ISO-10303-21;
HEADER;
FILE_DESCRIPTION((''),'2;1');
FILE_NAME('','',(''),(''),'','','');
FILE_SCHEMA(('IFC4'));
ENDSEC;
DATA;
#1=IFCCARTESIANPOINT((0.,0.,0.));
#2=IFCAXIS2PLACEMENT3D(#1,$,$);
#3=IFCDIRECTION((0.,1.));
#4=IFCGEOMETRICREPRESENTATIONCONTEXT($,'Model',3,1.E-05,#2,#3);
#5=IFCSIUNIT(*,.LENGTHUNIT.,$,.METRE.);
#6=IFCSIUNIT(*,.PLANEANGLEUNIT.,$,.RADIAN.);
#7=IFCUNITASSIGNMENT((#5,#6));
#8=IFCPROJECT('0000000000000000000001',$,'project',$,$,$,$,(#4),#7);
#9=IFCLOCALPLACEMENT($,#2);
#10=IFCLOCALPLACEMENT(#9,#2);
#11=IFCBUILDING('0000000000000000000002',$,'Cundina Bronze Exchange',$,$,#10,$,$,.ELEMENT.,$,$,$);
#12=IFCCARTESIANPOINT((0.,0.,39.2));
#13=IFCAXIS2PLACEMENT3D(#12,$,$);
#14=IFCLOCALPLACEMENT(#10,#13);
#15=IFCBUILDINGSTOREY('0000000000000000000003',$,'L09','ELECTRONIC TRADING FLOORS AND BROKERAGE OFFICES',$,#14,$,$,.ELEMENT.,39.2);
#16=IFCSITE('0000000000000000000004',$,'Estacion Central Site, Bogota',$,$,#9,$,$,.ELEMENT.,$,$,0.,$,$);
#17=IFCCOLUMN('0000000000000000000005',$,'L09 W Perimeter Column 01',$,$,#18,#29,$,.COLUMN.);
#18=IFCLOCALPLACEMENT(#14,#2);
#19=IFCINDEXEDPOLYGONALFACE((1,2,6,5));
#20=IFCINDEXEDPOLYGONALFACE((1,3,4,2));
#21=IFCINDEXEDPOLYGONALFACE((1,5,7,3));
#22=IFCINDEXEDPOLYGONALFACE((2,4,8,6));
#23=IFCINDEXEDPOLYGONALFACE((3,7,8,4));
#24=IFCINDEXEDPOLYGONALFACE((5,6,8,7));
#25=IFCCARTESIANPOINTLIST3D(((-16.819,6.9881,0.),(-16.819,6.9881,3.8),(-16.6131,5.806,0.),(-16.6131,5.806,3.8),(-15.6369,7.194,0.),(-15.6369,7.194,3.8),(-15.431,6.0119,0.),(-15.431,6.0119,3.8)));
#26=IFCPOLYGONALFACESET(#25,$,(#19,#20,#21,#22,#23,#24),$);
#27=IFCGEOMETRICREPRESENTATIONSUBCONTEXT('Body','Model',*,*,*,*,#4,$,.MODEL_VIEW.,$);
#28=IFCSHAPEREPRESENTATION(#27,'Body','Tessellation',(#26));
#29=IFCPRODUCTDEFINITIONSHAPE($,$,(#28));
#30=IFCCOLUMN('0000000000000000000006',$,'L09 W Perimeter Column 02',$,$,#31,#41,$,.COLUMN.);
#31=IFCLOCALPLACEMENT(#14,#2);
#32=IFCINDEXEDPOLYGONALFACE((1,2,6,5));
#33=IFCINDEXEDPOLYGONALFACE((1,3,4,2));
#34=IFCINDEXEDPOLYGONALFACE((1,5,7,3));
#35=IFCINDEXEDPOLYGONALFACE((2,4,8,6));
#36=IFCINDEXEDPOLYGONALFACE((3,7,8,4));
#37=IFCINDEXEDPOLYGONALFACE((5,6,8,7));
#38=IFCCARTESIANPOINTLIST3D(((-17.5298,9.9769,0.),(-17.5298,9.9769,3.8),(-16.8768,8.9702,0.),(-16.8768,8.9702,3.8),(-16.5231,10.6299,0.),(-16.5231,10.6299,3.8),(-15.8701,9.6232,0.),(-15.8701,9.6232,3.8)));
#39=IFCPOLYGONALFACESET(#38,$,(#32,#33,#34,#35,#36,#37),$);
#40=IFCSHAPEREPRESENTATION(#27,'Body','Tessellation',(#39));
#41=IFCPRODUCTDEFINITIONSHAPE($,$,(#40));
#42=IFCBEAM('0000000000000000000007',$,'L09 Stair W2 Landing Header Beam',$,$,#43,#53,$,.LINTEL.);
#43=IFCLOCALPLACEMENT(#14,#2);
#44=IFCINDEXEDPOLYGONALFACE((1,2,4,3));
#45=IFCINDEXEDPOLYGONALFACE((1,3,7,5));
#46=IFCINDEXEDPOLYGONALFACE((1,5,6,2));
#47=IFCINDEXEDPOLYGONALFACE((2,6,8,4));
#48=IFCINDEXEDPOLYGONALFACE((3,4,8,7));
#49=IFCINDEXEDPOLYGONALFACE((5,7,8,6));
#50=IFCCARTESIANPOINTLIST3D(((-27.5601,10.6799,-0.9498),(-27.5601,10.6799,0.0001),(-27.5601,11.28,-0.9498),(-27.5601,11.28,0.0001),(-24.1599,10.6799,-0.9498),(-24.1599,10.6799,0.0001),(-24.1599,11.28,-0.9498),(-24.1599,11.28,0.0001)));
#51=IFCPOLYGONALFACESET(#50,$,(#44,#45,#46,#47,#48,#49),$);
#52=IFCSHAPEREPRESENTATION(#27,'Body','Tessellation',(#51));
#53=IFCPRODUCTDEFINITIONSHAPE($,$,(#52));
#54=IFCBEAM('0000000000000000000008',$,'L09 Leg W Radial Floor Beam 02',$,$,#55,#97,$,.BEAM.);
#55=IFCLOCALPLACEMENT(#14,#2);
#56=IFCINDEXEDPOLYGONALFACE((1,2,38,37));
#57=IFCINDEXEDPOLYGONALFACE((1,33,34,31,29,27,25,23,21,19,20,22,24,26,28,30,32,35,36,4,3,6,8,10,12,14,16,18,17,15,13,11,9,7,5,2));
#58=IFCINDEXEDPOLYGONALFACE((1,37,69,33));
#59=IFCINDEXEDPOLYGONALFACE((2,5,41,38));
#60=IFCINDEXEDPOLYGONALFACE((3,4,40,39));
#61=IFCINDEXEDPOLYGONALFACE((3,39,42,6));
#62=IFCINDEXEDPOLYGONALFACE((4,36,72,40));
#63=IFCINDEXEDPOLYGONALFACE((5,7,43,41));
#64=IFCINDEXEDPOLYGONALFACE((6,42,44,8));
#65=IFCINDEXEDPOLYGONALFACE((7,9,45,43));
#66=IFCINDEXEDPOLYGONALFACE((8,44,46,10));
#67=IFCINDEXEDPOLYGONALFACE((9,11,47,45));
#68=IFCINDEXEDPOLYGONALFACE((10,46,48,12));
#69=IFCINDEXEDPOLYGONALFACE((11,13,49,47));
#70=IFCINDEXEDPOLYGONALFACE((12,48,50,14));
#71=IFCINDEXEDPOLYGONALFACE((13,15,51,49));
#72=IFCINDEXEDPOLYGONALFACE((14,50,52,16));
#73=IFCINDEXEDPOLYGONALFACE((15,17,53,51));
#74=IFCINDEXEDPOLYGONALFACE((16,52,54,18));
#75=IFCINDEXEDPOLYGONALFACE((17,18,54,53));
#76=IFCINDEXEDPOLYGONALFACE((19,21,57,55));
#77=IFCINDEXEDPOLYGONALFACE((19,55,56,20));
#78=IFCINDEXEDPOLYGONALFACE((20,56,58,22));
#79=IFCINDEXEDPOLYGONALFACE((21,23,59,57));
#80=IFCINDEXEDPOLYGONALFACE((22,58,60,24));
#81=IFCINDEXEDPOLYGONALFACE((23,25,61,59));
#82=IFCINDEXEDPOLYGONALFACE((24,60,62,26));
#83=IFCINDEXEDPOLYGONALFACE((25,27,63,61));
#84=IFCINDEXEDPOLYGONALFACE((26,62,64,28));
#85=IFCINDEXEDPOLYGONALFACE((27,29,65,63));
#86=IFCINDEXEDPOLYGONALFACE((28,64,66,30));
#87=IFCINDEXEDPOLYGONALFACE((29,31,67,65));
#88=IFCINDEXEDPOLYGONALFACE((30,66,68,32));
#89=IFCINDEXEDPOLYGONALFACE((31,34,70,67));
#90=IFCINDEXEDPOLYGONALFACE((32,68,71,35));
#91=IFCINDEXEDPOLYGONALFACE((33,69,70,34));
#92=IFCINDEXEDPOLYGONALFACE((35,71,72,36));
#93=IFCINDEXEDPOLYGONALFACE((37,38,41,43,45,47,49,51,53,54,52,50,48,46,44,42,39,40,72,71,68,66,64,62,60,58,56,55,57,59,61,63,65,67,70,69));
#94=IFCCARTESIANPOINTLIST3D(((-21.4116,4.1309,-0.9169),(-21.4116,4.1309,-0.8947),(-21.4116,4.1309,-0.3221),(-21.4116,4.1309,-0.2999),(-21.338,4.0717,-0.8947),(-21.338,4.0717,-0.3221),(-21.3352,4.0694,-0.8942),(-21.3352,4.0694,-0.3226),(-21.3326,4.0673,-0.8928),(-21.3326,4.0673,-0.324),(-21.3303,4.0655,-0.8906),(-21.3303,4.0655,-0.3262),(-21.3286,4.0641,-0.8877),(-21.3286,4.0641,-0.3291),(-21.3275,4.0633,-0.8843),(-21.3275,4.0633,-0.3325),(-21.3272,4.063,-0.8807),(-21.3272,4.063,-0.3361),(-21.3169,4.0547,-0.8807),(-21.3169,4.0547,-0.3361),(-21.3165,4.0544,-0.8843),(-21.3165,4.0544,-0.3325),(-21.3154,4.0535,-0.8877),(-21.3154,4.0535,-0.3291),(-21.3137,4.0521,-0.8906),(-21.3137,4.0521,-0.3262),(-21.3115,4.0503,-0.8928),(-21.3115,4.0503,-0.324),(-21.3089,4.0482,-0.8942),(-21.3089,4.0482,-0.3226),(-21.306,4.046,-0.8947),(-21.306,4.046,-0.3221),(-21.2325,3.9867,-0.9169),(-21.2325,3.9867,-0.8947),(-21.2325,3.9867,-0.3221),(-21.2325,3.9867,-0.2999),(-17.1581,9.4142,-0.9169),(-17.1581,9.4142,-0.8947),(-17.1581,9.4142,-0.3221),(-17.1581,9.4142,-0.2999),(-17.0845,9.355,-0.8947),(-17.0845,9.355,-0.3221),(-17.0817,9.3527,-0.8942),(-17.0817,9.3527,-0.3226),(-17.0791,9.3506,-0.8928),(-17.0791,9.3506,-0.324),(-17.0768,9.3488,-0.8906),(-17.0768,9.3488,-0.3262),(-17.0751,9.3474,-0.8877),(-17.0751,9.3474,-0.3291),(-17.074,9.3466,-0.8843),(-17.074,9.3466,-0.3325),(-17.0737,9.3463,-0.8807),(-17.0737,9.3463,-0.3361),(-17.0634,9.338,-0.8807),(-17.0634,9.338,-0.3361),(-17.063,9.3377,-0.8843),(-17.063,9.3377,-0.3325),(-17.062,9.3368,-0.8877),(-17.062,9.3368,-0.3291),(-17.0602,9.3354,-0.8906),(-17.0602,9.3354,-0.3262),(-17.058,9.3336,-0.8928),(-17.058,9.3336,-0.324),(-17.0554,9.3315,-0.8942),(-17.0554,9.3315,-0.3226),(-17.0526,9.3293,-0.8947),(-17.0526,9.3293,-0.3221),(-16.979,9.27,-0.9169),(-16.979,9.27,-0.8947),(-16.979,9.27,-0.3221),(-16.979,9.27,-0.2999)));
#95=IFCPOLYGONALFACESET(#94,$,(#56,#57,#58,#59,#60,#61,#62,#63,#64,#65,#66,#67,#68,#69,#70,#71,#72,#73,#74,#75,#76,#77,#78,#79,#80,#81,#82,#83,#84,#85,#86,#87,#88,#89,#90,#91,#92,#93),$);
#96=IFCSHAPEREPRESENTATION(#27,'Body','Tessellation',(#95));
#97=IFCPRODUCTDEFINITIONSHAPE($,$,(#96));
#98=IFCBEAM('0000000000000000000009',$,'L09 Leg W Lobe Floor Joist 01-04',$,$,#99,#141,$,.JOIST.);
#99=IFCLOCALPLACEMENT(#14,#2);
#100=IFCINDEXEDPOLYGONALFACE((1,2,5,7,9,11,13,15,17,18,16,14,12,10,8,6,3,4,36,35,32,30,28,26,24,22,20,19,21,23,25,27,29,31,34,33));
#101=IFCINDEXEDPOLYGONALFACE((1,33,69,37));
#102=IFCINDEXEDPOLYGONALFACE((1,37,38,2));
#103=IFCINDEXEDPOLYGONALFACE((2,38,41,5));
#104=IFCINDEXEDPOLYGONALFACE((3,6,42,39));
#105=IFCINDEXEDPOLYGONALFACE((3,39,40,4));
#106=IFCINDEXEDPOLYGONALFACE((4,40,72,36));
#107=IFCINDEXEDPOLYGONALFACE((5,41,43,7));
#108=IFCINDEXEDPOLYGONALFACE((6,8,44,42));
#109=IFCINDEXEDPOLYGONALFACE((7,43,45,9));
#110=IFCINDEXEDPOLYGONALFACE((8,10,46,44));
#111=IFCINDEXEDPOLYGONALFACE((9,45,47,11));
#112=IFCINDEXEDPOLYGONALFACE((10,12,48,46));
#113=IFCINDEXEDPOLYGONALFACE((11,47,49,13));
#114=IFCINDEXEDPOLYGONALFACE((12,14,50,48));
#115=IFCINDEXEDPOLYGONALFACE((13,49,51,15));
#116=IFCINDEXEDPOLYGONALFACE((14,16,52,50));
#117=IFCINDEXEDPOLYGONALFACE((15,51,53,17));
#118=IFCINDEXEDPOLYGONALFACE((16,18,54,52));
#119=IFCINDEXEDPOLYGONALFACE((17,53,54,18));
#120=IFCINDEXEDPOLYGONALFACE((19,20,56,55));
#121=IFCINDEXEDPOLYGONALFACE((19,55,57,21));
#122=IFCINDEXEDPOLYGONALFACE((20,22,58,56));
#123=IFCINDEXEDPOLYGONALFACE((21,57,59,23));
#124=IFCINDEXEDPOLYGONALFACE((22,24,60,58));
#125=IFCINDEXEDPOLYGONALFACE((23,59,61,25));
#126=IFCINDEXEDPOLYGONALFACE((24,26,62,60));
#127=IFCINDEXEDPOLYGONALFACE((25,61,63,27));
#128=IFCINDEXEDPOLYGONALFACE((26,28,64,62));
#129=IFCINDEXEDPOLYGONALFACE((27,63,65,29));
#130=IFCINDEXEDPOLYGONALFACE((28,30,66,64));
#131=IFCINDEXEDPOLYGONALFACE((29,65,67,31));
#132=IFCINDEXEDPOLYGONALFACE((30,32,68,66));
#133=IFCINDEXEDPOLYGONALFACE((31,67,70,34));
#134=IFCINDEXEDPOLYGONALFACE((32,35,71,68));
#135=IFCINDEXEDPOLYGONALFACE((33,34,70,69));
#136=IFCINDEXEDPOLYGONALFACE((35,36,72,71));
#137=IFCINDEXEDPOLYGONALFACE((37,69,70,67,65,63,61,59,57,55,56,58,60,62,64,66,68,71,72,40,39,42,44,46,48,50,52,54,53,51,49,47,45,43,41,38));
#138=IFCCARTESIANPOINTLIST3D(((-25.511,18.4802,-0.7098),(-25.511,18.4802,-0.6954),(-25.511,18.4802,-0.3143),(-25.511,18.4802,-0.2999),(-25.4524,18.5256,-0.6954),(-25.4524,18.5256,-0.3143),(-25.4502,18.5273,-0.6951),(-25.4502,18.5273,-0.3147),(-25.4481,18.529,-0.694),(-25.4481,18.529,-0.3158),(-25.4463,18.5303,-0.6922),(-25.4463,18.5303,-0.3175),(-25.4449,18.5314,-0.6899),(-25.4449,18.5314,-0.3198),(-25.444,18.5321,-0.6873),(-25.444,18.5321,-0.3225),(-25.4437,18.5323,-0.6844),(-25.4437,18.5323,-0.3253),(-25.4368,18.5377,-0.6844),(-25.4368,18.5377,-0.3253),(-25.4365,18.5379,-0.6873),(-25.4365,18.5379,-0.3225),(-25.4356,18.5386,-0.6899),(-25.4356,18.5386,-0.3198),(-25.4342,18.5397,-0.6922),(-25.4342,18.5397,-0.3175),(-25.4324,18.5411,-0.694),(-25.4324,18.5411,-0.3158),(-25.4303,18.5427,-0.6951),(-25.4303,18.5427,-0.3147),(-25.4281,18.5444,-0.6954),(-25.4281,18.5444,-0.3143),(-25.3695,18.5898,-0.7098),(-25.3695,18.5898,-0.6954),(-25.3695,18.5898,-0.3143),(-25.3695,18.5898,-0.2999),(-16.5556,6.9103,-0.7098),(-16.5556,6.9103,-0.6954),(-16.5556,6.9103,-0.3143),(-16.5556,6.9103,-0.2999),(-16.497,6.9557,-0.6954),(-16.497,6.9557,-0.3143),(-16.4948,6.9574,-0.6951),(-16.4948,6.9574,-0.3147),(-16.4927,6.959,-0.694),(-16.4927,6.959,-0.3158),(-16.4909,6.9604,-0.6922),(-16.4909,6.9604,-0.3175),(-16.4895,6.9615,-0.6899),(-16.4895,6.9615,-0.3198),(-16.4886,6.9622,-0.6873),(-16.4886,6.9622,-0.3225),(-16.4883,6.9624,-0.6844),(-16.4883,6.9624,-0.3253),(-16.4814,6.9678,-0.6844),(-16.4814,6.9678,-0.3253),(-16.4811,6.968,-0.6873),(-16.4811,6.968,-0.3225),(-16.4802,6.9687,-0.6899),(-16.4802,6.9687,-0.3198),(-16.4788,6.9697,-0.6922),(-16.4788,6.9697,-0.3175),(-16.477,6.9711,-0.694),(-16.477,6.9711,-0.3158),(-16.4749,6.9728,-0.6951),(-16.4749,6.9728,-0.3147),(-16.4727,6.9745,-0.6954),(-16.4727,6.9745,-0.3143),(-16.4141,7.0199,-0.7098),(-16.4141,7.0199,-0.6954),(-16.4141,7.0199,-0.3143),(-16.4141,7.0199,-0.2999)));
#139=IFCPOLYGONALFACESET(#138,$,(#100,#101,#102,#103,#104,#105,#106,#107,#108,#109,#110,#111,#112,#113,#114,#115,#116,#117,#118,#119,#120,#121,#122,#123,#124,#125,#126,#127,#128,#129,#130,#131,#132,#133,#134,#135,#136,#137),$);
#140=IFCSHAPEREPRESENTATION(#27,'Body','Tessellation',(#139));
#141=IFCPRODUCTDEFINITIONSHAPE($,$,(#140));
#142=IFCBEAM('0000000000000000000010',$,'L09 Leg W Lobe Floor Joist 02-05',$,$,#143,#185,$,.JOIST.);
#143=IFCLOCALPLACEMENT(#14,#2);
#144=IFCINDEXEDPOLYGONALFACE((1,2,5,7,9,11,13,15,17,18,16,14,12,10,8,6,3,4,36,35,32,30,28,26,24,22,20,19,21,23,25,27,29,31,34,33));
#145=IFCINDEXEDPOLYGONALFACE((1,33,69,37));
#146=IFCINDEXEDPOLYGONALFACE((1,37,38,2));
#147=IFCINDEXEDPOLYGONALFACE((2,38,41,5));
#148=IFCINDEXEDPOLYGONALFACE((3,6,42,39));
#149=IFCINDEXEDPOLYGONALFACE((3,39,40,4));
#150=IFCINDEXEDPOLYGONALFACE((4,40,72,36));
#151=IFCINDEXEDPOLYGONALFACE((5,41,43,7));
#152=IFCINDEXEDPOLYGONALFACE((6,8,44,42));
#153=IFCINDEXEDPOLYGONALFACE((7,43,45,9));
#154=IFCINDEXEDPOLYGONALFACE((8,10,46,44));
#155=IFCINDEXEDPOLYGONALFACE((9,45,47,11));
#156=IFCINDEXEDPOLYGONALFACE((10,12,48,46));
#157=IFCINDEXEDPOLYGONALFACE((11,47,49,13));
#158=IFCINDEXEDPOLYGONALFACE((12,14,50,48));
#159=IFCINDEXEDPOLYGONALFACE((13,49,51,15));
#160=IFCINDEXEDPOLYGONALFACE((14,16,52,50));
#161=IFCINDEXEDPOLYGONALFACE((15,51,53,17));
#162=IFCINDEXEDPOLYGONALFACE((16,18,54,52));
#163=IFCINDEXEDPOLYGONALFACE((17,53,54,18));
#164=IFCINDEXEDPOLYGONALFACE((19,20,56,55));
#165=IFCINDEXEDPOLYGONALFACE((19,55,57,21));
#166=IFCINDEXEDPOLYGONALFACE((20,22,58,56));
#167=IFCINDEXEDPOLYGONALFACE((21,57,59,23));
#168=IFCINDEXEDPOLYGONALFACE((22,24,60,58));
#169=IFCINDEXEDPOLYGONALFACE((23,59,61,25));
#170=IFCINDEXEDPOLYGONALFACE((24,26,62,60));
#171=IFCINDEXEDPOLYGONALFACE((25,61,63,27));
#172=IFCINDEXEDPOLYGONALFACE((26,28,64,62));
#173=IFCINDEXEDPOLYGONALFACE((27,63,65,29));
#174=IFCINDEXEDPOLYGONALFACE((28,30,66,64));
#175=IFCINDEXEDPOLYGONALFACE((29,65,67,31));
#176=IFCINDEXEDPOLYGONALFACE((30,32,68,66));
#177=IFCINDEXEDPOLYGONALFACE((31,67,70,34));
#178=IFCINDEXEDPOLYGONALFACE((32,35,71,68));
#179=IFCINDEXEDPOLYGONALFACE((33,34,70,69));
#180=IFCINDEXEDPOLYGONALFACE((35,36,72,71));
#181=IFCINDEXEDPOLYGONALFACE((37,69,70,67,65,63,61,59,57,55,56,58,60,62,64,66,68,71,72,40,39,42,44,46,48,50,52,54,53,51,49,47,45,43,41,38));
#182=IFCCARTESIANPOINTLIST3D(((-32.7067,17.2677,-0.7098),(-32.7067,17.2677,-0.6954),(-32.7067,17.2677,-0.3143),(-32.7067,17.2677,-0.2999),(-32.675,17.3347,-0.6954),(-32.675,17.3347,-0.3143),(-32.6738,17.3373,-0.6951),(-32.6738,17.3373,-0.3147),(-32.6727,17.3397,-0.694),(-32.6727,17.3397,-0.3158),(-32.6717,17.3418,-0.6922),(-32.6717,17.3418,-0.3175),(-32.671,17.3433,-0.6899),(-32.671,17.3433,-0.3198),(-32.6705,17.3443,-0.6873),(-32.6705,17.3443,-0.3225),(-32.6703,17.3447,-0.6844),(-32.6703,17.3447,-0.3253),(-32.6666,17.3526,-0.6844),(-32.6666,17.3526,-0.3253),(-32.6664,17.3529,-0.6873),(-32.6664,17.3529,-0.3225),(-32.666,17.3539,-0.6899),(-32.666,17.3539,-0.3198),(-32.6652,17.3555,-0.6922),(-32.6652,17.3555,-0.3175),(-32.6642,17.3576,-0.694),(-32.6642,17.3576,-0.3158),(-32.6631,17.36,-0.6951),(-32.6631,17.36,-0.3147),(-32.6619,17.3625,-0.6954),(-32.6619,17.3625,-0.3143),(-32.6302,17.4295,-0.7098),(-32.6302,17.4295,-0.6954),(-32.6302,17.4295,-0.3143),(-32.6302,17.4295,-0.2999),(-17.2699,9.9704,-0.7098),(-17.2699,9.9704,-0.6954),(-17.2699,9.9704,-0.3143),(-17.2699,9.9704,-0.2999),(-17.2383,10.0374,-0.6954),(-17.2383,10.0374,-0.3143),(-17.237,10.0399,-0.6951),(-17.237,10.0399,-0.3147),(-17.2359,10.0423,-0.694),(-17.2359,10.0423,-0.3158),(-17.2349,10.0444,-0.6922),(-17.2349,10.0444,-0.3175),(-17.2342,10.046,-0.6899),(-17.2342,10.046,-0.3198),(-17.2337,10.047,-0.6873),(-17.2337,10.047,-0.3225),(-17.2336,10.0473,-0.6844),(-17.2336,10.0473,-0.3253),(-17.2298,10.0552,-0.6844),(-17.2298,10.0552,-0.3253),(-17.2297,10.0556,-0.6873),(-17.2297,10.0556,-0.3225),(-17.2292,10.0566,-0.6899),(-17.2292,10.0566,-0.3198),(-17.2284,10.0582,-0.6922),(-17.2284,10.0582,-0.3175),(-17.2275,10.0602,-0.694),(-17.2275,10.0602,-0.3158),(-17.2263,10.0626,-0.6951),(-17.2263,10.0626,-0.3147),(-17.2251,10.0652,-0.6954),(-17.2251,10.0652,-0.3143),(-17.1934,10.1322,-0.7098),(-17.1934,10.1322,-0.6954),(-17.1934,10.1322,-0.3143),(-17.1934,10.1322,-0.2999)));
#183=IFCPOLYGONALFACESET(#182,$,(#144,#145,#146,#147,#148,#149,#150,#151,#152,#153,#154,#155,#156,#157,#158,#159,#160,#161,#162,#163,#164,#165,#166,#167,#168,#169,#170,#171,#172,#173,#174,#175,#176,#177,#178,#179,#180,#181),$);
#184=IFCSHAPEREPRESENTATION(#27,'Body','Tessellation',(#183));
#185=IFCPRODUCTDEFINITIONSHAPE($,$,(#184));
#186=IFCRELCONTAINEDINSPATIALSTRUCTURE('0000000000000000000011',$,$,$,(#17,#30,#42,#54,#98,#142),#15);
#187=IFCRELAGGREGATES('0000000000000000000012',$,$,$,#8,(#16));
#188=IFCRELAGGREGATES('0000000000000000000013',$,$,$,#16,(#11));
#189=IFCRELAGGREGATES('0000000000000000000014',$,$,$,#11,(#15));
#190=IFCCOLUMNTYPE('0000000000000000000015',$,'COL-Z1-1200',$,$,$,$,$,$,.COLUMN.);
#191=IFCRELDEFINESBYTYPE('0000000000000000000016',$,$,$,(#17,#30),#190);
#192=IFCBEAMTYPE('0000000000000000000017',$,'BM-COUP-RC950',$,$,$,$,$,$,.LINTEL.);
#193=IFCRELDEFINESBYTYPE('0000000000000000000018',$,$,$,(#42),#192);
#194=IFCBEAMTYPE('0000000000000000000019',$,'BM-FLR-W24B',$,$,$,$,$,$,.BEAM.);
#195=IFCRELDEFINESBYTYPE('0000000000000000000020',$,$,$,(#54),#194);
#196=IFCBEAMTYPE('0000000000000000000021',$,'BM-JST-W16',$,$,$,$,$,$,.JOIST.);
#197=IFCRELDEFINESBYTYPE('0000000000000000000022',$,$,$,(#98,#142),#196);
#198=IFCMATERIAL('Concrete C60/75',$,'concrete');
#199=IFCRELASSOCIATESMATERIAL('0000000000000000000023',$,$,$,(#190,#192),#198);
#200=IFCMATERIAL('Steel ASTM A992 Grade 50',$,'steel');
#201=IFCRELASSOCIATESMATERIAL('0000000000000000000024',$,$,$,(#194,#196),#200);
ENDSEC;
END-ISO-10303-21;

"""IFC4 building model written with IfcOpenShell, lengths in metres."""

from ifc_helpers import new_model, si_unit, direction, frame, origin, origin_2d, place, context, subcontext, project, spatial, rectangle, i_section, extrude, material, material_profile, profile_set, type_object, element, save


model = new_model("IFC4")

# Units and contexts
model_context = context("Model", 3, precision=1e-05, world=origin(), true_north=direction((0.0, 1.0)))
body_context = subcontext(model_context, "Body", "Model", "MODEL_VIEW")
ifc_project = project(units=[si_unit("LENGTHUNIT", "METRE"), si_unit("PLANEANGLEUNIT", "RADIAN")], contexts=[model_context])

# Site, building, storey
site_placement = place(None, origin())
site = spatial("IfcSite", under=ifc_project, at=site_placement, Name="Estacion Central Site, Bogota", CompositionType="ELEMENT", RefElevation=0.0)
building_placement = place(site_placement, origin())
building = spatial("IfcBuilding", under=site, at=building_placement, Name="Cundina Bronze Exchange", CompositionType="ELEMENT")
storey_placement = place(building_placement, frame((0.0, 0.0, 39.2)))
storey = spatial("IfcBuildingStorey", under=building, at=storey_placement, Name="L09", Description="ELECTRONIC TRADING FLOORS AND BROKERAGE OFFICES", CompositionType="ELEMENT", Elevation=39.2)

# Columns
ifc_material_1 = material(Name="Concrete C60/75", Category="concrete")
ifc_material_profile_1 = material_profile(ifc_material_1, rectangle(XDim=1.2, YDim=1.2, at=origin_2d()), Name="RC1200X1200", Category="concrete")
ifc_profile_set_1 = profile_set([ifc_material_profile_1], Name="Concrete C60/75")
column_type = type_object("IfcColumnType", Name="COL-Z1-1200", PredefinedType="COLUMN", material=ifc_profile_set_1)
for number, where, z_axis, x_axis, name in (
    (1, (-16.125, 6.5, 0.0), (0.0, 0.0, 1.0), (-0.171585, 0.985169, 0.0), "L09 W Perimeter Column 01"),
    (2, (-16.7, 9.8, 0.0), (0.0, 0.0, 1.0), (-0.5442, 0.838956, 0.0), "L09 W Perimeter Column 02"),
):
    element("IfcColumn", number, at=place(storey_placement, frame(where, z_axis=z_axis, x_axis=x_axis)), inside=storey, type_object=column_type, Name=name, PredefinedType="COLUMN", context=body_context, shape_type="SweptSolid", body=[
        extrude(rectangle(XDim=1.2, YDim=1.2, at=origin_2d()), origin(), (0.0, 0.0, 1.0), 3.8),
    ])

# Beams
ifc_material_profile_2 = material_profile(ifc_material_1, rectangle(XDim=0.6001, YDim=0.95, at=origin_2d()), Name="RC600X950", Category="concrete")
ifc_profile_set_2 = profile_set([ifc_material_profile_2], Name="Concrete C60/75")
beam_type_1 = type_object("IfcBeamType", Name="BM-COUP-RC950", PredefinedType="LINTEL", material=ifc_profile_set_2)
beam_1_placement = place(storey_placement, frame((-27.5601, 10.98, -0.4749), z_axis=(1.0, 0.0, 0.0), x_axis=(0.0, 1.0, 0.0)))
element("IfcBeam", 3, at=beam_1_placement, inside=storey, type_object=beam_type_1, Name="L09 Stair W2 Landing Header Beam", PredefinedType="LINTEL", context=body_context, shape_type="SweptSolid", body=[
    extrude(rectangle(XDim=0.6001, YDim=0.95, at=origin_2d()), origin(), (0.0, 0.0, 1.0), 3.4001),
])
ifc_material_2 = material(Name="Steel ASTM A992 Grade 50", Category="steel")
ifc_material_profile_3 = material_profile(ifc_material_2, i_section(OverallWidth=0.23, OverallDepth=0.6169, WebThickness=0.0132, FlangeThickness=0.0222, FilletRadius=0.0139, at=origin_2d()), Name="W24X94", Category="steel")
ifc_profile_set_3 = profile_set([ifc_material_profile_3], Name="Steel ASTM A992 Grade 50")
beam_type_2 = type_object("IfcBeamType", Name="BM-FLR-W24B", PredefinedType="BEAM", material=ifc_profile_set_3)
beam_2_placement = place(storey_placement, frame((-21.322, 4.0588, -0.6084), z_axis=(0.627106, 0.778934, 0.0), x_axis=(-0.778934, 0.627106, 0.0)))
element("IfcBeam", 4, at=beam_2_placement, inside=storey, type_object=beam_type_2, Name="L09 Leg W Radial Floor Beam 02", PredefinedType="BEAM", context=body_context, shape_type="SweptSolid", body=[
    extrude(i_section(OverallWidth=0.23, OverallDepth=0.6169, WebThickness=0.0132, FlangeThickness=0.0222, FilletRadius=0.0139, at=origin_2d()), origin(), (0.0, 0.0, 1.0), 6.7827),
])
ifc_material_profile_4 = material_profile(ifc_material_2, i_section(OverallWidth=0.179, OverallDepth=0.4099, WebThickness=0.0088, FlangeThickness=0.0144, FilletRadius=0.011, at=origin_2d()), Name="W16X45", Category="steel")
ifc_profile_set_4 = profile_set([ifc_material_profile_4], Name="Steel ASTM A992 Grade 50")
beam_type_3 = type_object("IfcBeamType", Name="BM-JST-W16", PredefinedType="JOIST", material=ifc_profile_set_4)
beam_3_placement = place(storey_placement, frame((-16.4849, 6.9651, -0.5049), z_axis=(-0.612089, 0.790789, 0.0), x_axis=(-0.790789, -0.612089, 0.0)))
element("IfcBeam", 5, at=beam_3_placement, inside=storey, type_object=beam_type_3, Name="L09 Leg W Lobe Floor Joist 01-04", PredefinedType="JOIST", context=body_context, shape_type="SweptSolid", body=[
    extrude(i_section(OverallWidth=0.179, OverallDepth=0.4099, WebThickness=0.0088, FlangeThickness=0.0144, FilletRadius=0.011, at=origin_2d()), origin(), (0.0, 0.0, 1.0), 14.6309),
])
beam_4_placement = place(storey_placement, frame((-17.2317, 10.0513, -0.5049), z_axis=(-0.904073, 0.427379, 0.0), x_axis=(-0.427379, -0.904073, 0.0)))
element("IfcBeam", 6, at=beam_4_placement, inside=storey, type_object=beam_type_3, Name="L09 Leg W Lobe Floor Joist 02-05", PredefinedType="JOIST", context=body_context, shape_type="SweptSolid", body=[
    extrude(i_section(OverallWidth=0.179, OverallDepth=0.4099, WebThickness=0.0088, FlangeThickness=0.0144, FilletRadius=0.011, at=origin_2d()), origin(), (0.0, 0.0, 1.0), 17.0747),
])

save(model, "model.ifc")
